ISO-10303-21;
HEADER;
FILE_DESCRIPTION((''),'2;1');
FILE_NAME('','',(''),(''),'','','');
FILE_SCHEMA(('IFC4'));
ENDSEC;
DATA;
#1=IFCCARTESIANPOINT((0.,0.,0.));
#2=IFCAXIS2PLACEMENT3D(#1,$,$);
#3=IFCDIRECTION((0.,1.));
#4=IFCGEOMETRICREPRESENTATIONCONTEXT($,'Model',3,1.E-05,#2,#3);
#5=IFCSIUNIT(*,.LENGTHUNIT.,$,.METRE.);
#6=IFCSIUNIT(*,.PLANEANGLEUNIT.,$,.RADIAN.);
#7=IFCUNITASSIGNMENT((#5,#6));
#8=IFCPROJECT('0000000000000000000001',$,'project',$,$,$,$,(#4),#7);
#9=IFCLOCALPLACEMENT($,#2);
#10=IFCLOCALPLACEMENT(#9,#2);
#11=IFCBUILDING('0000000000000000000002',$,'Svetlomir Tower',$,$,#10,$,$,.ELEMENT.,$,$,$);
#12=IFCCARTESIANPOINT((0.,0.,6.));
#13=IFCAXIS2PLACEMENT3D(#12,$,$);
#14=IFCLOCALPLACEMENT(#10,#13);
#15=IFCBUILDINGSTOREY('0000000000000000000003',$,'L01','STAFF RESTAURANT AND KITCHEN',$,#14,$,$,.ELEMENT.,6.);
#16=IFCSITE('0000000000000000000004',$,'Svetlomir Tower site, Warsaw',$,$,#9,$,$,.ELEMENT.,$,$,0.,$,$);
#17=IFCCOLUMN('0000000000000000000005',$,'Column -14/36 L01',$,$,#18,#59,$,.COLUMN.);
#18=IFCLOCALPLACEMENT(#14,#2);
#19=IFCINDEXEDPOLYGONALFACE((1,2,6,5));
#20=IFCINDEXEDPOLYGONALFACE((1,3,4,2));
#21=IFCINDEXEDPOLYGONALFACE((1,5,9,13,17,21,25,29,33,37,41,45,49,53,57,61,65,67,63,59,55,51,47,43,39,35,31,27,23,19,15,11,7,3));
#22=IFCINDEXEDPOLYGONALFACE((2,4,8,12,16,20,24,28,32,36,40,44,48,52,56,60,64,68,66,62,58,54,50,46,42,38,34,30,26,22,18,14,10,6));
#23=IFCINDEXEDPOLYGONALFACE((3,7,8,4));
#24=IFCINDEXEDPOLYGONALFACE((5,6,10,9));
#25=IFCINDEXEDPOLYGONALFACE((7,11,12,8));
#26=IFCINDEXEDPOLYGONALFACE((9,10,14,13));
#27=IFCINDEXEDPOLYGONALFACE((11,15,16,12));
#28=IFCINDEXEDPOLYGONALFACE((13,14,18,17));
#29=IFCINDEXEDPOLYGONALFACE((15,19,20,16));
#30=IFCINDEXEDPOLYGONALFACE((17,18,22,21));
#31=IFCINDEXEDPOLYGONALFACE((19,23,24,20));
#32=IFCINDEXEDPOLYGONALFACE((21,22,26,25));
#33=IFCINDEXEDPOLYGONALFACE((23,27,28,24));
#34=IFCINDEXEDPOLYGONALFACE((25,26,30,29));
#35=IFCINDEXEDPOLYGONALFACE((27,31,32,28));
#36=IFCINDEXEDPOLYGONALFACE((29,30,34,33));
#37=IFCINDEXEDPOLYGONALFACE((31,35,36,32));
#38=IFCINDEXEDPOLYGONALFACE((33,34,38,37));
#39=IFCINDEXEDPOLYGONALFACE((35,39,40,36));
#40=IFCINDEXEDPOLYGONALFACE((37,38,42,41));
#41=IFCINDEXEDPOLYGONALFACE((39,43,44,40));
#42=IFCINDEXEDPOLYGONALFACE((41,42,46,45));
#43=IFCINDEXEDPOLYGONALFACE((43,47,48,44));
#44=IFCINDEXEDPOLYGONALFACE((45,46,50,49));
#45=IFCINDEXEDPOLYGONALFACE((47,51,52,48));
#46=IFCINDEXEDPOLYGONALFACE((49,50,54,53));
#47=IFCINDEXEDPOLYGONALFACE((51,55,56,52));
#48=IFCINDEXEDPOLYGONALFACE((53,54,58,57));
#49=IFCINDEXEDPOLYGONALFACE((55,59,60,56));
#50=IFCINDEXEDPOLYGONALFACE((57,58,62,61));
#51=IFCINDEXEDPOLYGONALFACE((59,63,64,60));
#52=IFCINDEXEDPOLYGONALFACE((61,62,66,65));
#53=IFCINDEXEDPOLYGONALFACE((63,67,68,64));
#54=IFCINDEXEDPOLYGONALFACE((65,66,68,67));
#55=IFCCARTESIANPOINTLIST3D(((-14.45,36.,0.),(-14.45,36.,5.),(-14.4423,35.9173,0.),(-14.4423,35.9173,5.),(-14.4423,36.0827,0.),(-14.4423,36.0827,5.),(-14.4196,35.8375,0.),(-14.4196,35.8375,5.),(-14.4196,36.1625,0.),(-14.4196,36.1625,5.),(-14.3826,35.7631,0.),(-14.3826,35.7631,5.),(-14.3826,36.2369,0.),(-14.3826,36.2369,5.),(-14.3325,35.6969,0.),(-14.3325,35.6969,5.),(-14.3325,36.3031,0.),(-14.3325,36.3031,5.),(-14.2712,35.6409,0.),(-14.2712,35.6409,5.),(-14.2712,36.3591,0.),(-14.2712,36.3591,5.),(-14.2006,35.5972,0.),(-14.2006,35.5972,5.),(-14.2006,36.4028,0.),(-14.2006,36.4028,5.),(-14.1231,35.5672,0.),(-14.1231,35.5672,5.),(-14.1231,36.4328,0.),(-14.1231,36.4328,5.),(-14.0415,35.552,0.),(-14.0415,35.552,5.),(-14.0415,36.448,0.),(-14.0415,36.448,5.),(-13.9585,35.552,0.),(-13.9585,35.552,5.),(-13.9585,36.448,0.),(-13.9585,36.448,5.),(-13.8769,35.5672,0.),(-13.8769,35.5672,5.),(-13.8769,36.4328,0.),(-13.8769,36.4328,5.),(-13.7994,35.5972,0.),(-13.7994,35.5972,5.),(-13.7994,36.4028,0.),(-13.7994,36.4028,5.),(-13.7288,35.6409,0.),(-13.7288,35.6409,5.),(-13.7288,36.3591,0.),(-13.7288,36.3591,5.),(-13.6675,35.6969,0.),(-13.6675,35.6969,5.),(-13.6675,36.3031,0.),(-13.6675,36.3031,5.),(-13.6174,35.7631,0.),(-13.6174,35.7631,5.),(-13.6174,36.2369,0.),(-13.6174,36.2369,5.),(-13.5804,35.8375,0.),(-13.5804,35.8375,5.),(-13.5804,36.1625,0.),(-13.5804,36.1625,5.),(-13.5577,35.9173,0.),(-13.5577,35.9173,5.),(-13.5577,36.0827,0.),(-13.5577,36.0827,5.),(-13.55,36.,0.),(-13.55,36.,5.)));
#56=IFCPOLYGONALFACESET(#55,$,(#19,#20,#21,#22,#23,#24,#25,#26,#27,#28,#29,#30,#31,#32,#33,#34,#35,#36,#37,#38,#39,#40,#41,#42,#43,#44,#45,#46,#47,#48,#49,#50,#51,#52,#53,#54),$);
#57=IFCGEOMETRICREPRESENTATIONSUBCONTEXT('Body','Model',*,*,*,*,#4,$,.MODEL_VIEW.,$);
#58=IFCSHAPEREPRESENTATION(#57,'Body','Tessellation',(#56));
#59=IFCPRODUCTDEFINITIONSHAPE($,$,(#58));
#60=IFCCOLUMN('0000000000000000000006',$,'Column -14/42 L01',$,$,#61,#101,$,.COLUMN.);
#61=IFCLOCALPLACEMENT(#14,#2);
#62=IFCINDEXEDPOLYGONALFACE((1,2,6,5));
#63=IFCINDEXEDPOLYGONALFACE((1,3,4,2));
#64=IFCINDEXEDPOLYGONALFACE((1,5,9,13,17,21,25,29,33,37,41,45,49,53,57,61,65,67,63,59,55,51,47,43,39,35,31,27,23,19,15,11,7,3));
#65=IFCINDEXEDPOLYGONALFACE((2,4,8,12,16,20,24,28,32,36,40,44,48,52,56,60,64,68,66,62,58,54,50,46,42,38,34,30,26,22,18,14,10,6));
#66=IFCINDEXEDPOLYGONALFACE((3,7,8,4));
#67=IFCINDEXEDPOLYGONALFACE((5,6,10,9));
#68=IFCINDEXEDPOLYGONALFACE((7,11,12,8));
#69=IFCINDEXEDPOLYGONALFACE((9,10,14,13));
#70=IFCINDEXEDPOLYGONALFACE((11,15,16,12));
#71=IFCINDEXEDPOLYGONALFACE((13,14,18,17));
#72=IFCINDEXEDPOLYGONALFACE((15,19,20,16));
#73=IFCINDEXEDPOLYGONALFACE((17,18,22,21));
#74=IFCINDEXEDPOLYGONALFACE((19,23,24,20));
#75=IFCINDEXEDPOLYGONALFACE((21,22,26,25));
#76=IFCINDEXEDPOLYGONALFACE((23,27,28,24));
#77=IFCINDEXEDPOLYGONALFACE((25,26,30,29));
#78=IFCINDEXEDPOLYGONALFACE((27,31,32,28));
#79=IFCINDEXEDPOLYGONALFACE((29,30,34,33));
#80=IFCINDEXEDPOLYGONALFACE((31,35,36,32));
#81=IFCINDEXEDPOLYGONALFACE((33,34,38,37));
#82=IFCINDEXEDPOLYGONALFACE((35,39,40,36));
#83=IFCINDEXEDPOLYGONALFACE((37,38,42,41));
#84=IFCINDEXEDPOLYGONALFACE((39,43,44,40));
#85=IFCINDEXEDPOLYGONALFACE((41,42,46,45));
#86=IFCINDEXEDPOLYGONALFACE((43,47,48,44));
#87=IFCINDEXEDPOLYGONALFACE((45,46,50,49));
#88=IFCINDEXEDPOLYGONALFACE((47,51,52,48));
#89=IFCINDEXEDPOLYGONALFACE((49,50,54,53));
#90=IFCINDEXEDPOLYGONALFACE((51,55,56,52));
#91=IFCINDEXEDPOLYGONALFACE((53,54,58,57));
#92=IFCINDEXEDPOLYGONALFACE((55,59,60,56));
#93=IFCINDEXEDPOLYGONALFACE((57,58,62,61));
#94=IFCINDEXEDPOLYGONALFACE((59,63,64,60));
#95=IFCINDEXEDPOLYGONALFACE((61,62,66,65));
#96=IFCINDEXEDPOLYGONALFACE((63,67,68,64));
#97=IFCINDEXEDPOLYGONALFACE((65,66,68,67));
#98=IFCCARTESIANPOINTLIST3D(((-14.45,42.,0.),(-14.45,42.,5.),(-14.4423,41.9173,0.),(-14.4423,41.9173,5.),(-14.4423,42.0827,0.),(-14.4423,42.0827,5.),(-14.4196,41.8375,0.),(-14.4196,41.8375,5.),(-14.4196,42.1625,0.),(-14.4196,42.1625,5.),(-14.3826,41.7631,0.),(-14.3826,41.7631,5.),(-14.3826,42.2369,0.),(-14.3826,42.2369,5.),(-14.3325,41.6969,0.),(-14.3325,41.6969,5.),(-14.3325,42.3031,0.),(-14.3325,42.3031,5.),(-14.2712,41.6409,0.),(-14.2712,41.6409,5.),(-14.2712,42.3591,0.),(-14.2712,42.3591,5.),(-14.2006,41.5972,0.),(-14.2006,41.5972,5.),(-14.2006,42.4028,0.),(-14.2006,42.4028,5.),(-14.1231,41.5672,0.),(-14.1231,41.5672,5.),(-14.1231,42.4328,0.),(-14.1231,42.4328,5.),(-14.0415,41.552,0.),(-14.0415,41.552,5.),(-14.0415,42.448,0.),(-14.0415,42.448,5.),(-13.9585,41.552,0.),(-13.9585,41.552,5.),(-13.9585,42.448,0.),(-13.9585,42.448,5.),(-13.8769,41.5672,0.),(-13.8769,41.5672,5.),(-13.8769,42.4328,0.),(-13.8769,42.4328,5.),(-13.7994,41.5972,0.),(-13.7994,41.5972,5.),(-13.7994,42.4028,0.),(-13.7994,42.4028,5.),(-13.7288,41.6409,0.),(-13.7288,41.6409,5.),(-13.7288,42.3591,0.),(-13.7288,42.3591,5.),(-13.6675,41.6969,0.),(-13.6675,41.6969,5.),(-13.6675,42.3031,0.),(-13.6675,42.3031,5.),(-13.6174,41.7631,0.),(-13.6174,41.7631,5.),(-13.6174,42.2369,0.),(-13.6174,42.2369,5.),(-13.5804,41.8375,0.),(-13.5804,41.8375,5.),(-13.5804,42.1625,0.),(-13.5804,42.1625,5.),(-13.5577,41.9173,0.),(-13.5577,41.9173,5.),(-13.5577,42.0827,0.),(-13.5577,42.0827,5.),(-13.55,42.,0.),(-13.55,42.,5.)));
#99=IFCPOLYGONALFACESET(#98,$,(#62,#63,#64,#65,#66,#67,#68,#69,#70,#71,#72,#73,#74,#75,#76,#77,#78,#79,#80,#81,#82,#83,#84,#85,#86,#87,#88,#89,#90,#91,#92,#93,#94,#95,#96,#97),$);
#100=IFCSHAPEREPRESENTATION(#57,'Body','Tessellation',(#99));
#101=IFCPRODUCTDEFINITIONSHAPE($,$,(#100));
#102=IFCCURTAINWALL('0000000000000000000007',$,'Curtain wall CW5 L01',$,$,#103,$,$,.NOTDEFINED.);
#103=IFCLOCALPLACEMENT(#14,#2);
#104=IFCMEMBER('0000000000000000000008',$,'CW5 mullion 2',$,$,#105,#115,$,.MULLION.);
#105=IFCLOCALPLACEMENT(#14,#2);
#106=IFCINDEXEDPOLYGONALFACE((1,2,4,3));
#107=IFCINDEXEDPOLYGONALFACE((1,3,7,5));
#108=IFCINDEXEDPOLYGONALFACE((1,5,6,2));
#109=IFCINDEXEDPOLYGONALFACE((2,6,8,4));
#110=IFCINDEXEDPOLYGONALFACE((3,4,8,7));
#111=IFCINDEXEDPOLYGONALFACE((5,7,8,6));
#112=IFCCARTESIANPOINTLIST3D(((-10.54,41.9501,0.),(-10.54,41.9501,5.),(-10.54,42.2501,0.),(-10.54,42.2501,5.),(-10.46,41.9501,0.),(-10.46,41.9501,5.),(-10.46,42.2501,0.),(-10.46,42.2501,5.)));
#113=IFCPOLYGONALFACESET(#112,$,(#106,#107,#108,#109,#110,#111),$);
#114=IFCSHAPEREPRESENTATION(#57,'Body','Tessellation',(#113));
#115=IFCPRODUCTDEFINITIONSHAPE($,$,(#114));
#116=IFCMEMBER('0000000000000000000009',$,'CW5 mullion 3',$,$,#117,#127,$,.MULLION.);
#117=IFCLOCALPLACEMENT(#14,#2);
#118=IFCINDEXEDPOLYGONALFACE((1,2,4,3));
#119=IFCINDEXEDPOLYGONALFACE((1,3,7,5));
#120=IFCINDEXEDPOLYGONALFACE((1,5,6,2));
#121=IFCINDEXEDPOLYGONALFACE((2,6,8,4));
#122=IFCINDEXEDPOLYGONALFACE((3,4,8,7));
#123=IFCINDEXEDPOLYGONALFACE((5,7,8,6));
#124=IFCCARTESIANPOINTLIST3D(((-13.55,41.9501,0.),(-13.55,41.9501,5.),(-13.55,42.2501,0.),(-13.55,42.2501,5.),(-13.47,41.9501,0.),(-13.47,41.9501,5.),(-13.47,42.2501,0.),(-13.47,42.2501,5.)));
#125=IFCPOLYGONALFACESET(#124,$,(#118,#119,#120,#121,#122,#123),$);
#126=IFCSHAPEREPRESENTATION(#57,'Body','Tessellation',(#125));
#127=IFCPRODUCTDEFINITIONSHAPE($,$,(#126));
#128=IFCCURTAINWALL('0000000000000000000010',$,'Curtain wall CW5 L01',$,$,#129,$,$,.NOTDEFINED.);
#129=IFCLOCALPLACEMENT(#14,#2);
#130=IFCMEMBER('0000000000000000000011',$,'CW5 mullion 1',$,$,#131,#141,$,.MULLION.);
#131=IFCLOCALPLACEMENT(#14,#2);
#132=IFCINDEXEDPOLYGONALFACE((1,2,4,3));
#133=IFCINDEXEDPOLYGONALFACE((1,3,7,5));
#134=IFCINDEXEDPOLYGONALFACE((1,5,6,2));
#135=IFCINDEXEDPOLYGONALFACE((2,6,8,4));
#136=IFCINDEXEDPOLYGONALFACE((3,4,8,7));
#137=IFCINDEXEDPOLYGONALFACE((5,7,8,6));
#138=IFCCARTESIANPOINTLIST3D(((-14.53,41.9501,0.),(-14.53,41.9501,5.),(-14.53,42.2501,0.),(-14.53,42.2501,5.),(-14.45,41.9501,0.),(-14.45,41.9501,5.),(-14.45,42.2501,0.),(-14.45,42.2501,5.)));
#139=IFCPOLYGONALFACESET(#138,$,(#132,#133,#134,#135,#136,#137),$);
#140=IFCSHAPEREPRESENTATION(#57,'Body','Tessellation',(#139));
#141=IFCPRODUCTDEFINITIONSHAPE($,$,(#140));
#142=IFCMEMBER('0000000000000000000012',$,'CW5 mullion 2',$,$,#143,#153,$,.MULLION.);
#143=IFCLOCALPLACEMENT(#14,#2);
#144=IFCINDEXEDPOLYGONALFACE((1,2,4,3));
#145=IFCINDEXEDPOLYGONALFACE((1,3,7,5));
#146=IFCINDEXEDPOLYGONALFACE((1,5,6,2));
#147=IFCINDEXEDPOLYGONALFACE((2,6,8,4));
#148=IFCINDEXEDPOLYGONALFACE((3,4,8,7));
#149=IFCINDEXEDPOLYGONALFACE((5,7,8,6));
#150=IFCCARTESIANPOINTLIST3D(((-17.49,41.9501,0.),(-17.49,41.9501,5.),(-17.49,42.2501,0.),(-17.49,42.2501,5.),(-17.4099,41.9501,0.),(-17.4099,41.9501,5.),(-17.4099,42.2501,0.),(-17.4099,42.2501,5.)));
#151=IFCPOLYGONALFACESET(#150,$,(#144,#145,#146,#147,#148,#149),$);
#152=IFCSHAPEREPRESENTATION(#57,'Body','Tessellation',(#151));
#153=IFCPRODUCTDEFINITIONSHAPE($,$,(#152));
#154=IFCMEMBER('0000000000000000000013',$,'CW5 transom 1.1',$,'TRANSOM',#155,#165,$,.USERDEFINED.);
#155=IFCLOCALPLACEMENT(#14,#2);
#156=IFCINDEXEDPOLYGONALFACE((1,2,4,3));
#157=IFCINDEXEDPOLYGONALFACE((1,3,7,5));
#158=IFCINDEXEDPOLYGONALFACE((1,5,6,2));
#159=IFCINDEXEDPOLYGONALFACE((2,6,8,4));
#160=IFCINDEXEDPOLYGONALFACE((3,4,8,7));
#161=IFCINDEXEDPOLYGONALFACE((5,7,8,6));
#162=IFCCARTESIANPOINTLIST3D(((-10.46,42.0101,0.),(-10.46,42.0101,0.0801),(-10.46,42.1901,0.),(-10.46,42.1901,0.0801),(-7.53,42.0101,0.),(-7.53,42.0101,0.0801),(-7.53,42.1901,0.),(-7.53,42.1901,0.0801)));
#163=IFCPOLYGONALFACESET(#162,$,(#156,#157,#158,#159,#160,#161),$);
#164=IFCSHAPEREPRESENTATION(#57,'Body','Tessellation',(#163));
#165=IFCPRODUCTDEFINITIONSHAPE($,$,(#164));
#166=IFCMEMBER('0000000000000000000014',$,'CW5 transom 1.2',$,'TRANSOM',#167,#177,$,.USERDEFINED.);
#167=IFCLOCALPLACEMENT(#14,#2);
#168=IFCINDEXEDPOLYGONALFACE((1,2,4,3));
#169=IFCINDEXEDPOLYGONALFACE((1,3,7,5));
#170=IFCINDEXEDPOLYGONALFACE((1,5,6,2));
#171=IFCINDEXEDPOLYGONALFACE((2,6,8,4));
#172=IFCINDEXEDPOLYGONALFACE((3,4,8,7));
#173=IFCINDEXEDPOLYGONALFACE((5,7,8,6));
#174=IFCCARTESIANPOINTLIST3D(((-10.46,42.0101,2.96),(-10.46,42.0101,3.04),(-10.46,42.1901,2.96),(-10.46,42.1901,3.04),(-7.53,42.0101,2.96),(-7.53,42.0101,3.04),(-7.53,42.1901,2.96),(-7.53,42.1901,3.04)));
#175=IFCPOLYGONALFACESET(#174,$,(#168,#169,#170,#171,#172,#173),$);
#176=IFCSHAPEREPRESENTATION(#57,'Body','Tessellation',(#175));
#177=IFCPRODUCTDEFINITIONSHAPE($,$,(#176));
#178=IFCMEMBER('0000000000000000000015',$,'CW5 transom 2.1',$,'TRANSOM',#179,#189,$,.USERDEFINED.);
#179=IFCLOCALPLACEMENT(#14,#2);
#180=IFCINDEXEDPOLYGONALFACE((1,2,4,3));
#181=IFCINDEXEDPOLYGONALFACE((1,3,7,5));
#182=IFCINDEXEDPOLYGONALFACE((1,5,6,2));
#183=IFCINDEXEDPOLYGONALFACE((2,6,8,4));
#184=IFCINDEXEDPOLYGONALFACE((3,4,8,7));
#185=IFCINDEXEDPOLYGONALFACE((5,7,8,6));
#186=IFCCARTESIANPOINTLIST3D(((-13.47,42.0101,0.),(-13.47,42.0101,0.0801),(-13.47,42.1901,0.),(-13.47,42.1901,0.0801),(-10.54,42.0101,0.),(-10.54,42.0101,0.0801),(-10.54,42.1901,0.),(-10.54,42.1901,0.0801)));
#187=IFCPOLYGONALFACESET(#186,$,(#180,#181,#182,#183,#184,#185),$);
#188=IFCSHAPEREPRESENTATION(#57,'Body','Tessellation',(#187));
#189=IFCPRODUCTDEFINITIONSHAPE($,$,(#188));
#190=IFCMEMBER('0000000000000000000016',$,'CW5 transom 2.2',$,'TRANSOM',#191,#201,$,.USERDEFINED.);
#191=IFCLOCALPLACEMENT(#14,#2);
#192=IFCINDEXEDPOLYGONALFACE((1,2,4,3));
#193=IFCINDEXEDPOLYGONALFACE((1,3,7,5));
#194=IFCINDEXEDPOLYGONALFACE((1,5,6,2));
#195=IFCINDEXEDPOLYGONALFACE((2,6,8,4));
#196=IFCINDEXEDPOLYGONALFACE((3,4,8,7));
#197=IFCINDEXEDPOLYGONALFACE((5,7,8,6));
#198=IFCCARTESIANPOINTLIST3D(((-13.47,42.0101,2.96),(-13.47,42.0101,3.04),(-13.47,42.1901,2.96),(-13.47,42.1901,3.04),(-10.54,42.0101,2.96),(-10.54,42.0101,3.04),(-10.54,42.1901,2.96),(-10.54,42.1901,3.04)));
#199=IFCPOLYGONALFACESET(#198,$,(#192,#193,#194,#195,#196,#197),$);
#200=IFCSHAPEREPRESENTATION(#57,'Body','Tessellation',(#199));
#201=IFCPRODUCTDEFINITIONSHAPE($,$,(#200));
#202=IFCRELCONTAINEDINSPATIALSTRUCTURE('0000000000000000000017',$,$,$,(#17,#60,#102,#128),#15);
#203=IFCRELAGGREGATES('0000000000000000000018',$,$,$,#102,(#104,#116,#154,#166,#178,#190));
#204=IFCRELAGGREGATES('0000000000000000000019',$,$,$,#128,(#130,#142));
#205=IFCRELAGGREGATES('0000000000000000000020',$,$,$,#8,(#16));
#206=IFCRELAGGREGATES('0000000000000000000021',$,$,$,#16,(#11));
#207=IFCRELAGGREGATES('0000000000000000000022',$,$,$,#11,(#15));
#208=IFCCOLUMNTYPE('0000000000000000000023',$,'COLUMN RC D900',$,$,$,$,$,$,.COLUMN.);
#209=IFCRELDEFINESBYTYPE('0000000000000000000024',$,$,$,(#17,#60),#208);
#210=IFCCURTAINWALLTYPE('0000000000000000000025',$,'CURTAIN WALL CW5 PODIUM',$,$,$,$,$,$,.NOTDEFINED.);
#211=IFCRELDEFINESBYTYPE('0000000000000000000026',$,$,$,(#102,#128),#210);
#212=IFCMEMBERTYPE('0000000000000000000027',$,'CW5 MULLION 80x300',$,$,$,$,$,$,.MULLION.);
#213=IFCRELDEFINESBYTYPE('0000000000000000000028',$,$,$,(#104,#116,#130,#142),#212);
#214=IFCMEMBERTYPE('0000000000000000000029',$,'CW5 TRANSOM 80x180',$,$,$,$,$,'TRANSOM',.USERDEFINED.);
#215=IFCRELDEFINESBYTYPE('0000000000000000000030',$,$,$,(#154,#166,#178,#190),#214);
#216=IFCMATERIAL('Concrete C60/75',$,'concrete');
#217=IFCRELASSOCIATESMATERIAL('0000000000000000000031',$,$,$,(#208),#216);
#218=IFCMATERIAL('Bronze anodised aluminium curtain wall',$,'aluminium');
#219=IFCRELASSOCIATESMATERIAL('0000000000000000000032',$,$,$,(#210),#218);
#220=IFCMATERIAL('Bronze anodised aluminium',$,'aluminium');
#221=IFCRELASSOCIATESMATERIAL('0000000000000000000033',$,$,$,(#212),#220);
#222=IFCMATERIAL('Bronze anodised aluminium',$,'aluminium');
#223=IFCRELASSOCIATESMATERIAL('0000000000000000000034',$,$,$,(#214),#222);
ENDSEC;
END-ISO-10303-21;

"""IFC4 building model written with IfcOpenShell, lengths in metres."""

from ifc_helpers import new_model, si_unit, direction, frame, origin, origin_2d, place, context, subcontext, project, spatial, rectangle, circle, extrude, material, material_profile, profile_set, type_object, element, aggregate, save


model = new_model("IFC4")

# Units and contexts
model_context = context("Model", 3, precision=1e-05, world=origin(), true_north=direction((0.0, 1.0)))
body_context = subcontext(model_context, "Body", "Model", "MODEL_VIEW")
ifc_project = project(units=[si_unit("LENGTHUNIT", "METRE"), si_unit("PLANEANGLEUNIT", "RADIAN")], contexts=[model_context])

# Site, building, storey
site_placement = place(None, origin())
site = spatial("IfcSite", under=ifc_project, at=site_placement, Name="Svetlomir Tower site, Warsaw", CompositionType="ELEMENT", RefElevation=0.0)
building_placement = place(site_placement, origin())
building = spatial("IfcBuilding", under=site, at=building_placement, Name="Svetlomir Tower", CompositionType="ELEMENT")
storey_placement = place(building_placement, frame((0.0, 0.0, 6.0)))
storey = spatial("IfcBuildingStorey", under=building, at=storey_placement, Name="L01", Description="STAFF RESTAURANT AND KITCHEN", CompositionType="ELEMENT", Elevation=6.0)

# Columns
ifc_material_1 = material(Name="Concrete C60/75", Category="concrete")
ifc_material_profile_1 = material_profile(ifc_material_1, circle(Radius=0.45, at=origin_2d()), Name="RC D900")
ifc_profile_set_1 = profile_set([ifc_material_profile_1], Name="Concrete C60/75")
column_type = type_object("IfcColumnType", Name="COLUMN RC D900", PredefinedType="COLUMN", material=ifc_profile_set_1)
for number, where, z_axis, x_axis, name in (
    (1, (-14.0, 36.0, 0.0), (0.0, 0.0, 1.0), (1.0, 0.0, 0.0), "Column -14/36 L01"),
    (2, (-14.0, 42.0, 0.0), (0.0, 0.0, 1.0), (1.0, 0.0, 0.0), "Column -14/42 L01"),
):
    element("IfcColumn", number, at=place(storey_placement, frame(where, z_axis=z_axis, x_axis=x_axis)), inside=storey, type_object=column_type, Name=name, PredefinedType="COLUMN", context=body_context, shape_type="SweptSolid", body=[
        extrude(circle(Radius=0.45, at=origin_2d()), origin(), (0.0, 0.0, 1.0), 5.0),
    ])

# Curtain walls, members
ifc_material_2 = material(Name="Bronze anodised aluminium curtain wall", Category="aluminium")
curtain_wall_type = type_object("IfcCurtainWallType", Name="CURTAIN WALL CW5 PODIUM", PredefinedType="NOTDEFINED", material=ifc_material_2)
curtain_wall_1_placement = place(storey_placement, origin())
curtain_wall_1 = element("IfcCurtainWall", 3, at=curtain_wall_1_placement, inside=storey, type_object=curtain_wall_type, Name="Curtain wall CW5 L01", PredefinedType="NOTDEFINED")
ifc_material_3 = material(Name="Bronze anodised aluminium", Category="aluminium")
ifc_material_profile_2 = material_profile(ifc_material_3, rectangle(XDim=0.0801, YDim=0.3, at=origin_2d()), Name="AL 80x300")
ifc_profile_set_2 = profile_set([ifc_material_profile_2], Name="Bronze anodised aluminium 6063-T6")
member_type_1 = type_object("IfcMemberType", Name="CW5 MULLION 80x300", PredefinedType="MULLION", material=ifc_profile_set_2)
member_1_placement = place(storey_placement, frame((-10.5, 42.1001, 0.0), z_axis=(0.0, 0.0, 1.0), x_axis=(-1.0, 0.0, 0.0)))
member_1 = element("IfcMember", 4, at=member_1_placement, type_object=member_type_1, Name="CW5 mullion 2", PredefinedType="MULLION", context=body_context, shape_type="SweptSolid", body=[
    extrude(rectangle(XDim=0.0801, YDim=0.3, at=origin_2d()), origin(), (0.0, 0.0, 1.0), 5.0),
])
member_2_placement = place(storey_placement, frame((-13.51, 42.1001, 0.0), z_axis=(0.0, 0.0, 1.0), x_axis=(-1.0, 0.0, 0.0)))
member_2 = element("IfcMember", 5, at=member_2_placement, type_object=member_type_1, Name="CW5 mullion 3", PredefinedType="MULLION", context=body_context, shape_type="SweptSolid", body=[
    extrude(rectangle(XDim=0.0801, YDim=0.3, at=origin_2d()), origin(), (0.0, 0.0, 1.0), 5.0),
])
curtain_wall_2_placement = place(storey_placement, origin())
curtain_wall_2 = element("IfcCurtainWall", 6, at=curtain_wall_2_placement, inside=storey, type_object=curtain_wall_type, Name="Curtain wall CW5 L01", PredefinedType="NOTDEFINED")
member_3_placement = place(storey_placement, frame((-14.49, 42.1001, 0.0), z_axis=(0.0, 0.0, 1.0), x_axis=(-1.0, 0.0, 0.0)))
member_3 = element("IfcMember", 7, at=member_3_placement, type_object=member_type_1, Name="CW5 mullion 1", PredefinedType="MULLION", context=body_context, shape_type="SweptSolid", body=[
    extrude(rectangle(XDim=0.0801, YDim=0.3, at=origin_2d()), origin(), (0.0, 0.0, 1.0), 5.0),
])
member_4_placement = place(storey_placement, frame((-17.45, 42.1001, 0.0), z_axis=(0.0, 0.0, 1.0), x_axis=(-1.0, 0.0, 0.0)))
member_4 = element("IfcMember", 8, at=member_4_placement, type_object=member_type_1, Name="CW5 mullion 2", PredefinedType="MULLION", context=body_context, shape_type="SweptSolid", body=[
    extrude(rectangle(XDim=0.0801, YDim=0.3, at=origin_2d()), origin(), (0.0, 0.0, 1.0), 5.0),
])

# Members
ifc_material_4 = material(Name="Bronze anodised aluminium", Category="aluminium")
ifc_material_profile_3 = material_profile(ifc_material_4, rectangle(XDim=0.1799, YDim=0.0801, at=origin_2d()), Name="AL 180x80")
ifc_profile_set_3 = profile_set([ifc_material_profile_3], Name="Bronze anodised aluminium 6063-T6")
member_type_2 = type_object("IfcMemberType", Name="CW5 TRANSOM 80x180", ElementType="TRANSOM", PredefinedType="USERDEFINED", material=ifc_profile_set_3)
member_5_placement = place(storey_placement, frame((-7.53, 42.1001, 0.04), z_axis=(-1.0, 0.0, 0.0), x_axis=(0.0, -1.0, 0.0)))
member_5 = element("IfcMember", 9, at=member_5_placement, type_object=member_type_2, Name="CW5 transom 1.1", ObjectType="TRANSOM", PredefinedType="USERDEFINED", context=body_context, shape_type="SweptSolid", body=[
    extrude(rectangle(XDim=0.1799, YDim=0.0801, at=origin_2d()), origin(), (0.0, 0.0, 1.0), 2.9299),
])
member_6_placement = place(storey_placement, frame((-7.53, 42.1001, 3.0), z_axis=(-1.0, 0.0, 0.0), x_axis=(0.0, -1.0, 0.0)))
member_6 = element("IfcMember", 10, at=member_6_placement, type_object=member_type_2, Name="CW5 transom 1.2", ObjectType="TRANSOM", PredefinedType="USERDEFINED", context=body_context, shape_type="SweptSolid", body=[
    extrude(rectangle(XDim=0.1799, YDim=0.0801, at=origin_2d()), origin(), (0.0, 0.0, 1.0), 2.9299),
])
member_7_placement = place(storey_placement, frame((-10.54, 42.1001, 0.04), z_axis=(-1.0, 0.0, 0.0), x_axis=(0.0, -1.0, 0.0)))
member_7 = element("IfcMember", 11, at=member_7_placement, type_object=member_type_2, Name="CW5 transom 2.1", ObjectType="TRANSOM", PredefinedType="USERDEFINED", context=body_context, shape_type="SweptSolid", body=[
    extrude(rectangle(XDim=0.1799, YDim=0.0801, at=origin_2d()), origin(), (0.0, 0.0, 1.0), 2.9299),
])
member_8_placement = place(storey_placement, frame((-10.54, 42.1001, 3.0), z_axis=(-1.0, 0.0, 0.0), x_axis=(0.0, -1.0, 0.0)))
member_8 = element("IfcMember", 12, at=member_8_placement, type_object=member_type_2, Name="CW5 transom 2.2", ObjectType="TRANSOM", PredefinedType="USERDEFINED", context=body_context, shape_type="SweptSolid", body=[
    extrude(rectangle(XDim=0.1799, YDim=0.0801, at=origin_2d()), origin(), (0.0, 0.0, 1.0), 2.9299),
])

aggregate(curtain_wall_1, [member_1, member_2, member_5, member_6, member_7, member_8])
aggregate(curtain_wall_2, [member_3, member_4])

save(model, "model.ifc")
